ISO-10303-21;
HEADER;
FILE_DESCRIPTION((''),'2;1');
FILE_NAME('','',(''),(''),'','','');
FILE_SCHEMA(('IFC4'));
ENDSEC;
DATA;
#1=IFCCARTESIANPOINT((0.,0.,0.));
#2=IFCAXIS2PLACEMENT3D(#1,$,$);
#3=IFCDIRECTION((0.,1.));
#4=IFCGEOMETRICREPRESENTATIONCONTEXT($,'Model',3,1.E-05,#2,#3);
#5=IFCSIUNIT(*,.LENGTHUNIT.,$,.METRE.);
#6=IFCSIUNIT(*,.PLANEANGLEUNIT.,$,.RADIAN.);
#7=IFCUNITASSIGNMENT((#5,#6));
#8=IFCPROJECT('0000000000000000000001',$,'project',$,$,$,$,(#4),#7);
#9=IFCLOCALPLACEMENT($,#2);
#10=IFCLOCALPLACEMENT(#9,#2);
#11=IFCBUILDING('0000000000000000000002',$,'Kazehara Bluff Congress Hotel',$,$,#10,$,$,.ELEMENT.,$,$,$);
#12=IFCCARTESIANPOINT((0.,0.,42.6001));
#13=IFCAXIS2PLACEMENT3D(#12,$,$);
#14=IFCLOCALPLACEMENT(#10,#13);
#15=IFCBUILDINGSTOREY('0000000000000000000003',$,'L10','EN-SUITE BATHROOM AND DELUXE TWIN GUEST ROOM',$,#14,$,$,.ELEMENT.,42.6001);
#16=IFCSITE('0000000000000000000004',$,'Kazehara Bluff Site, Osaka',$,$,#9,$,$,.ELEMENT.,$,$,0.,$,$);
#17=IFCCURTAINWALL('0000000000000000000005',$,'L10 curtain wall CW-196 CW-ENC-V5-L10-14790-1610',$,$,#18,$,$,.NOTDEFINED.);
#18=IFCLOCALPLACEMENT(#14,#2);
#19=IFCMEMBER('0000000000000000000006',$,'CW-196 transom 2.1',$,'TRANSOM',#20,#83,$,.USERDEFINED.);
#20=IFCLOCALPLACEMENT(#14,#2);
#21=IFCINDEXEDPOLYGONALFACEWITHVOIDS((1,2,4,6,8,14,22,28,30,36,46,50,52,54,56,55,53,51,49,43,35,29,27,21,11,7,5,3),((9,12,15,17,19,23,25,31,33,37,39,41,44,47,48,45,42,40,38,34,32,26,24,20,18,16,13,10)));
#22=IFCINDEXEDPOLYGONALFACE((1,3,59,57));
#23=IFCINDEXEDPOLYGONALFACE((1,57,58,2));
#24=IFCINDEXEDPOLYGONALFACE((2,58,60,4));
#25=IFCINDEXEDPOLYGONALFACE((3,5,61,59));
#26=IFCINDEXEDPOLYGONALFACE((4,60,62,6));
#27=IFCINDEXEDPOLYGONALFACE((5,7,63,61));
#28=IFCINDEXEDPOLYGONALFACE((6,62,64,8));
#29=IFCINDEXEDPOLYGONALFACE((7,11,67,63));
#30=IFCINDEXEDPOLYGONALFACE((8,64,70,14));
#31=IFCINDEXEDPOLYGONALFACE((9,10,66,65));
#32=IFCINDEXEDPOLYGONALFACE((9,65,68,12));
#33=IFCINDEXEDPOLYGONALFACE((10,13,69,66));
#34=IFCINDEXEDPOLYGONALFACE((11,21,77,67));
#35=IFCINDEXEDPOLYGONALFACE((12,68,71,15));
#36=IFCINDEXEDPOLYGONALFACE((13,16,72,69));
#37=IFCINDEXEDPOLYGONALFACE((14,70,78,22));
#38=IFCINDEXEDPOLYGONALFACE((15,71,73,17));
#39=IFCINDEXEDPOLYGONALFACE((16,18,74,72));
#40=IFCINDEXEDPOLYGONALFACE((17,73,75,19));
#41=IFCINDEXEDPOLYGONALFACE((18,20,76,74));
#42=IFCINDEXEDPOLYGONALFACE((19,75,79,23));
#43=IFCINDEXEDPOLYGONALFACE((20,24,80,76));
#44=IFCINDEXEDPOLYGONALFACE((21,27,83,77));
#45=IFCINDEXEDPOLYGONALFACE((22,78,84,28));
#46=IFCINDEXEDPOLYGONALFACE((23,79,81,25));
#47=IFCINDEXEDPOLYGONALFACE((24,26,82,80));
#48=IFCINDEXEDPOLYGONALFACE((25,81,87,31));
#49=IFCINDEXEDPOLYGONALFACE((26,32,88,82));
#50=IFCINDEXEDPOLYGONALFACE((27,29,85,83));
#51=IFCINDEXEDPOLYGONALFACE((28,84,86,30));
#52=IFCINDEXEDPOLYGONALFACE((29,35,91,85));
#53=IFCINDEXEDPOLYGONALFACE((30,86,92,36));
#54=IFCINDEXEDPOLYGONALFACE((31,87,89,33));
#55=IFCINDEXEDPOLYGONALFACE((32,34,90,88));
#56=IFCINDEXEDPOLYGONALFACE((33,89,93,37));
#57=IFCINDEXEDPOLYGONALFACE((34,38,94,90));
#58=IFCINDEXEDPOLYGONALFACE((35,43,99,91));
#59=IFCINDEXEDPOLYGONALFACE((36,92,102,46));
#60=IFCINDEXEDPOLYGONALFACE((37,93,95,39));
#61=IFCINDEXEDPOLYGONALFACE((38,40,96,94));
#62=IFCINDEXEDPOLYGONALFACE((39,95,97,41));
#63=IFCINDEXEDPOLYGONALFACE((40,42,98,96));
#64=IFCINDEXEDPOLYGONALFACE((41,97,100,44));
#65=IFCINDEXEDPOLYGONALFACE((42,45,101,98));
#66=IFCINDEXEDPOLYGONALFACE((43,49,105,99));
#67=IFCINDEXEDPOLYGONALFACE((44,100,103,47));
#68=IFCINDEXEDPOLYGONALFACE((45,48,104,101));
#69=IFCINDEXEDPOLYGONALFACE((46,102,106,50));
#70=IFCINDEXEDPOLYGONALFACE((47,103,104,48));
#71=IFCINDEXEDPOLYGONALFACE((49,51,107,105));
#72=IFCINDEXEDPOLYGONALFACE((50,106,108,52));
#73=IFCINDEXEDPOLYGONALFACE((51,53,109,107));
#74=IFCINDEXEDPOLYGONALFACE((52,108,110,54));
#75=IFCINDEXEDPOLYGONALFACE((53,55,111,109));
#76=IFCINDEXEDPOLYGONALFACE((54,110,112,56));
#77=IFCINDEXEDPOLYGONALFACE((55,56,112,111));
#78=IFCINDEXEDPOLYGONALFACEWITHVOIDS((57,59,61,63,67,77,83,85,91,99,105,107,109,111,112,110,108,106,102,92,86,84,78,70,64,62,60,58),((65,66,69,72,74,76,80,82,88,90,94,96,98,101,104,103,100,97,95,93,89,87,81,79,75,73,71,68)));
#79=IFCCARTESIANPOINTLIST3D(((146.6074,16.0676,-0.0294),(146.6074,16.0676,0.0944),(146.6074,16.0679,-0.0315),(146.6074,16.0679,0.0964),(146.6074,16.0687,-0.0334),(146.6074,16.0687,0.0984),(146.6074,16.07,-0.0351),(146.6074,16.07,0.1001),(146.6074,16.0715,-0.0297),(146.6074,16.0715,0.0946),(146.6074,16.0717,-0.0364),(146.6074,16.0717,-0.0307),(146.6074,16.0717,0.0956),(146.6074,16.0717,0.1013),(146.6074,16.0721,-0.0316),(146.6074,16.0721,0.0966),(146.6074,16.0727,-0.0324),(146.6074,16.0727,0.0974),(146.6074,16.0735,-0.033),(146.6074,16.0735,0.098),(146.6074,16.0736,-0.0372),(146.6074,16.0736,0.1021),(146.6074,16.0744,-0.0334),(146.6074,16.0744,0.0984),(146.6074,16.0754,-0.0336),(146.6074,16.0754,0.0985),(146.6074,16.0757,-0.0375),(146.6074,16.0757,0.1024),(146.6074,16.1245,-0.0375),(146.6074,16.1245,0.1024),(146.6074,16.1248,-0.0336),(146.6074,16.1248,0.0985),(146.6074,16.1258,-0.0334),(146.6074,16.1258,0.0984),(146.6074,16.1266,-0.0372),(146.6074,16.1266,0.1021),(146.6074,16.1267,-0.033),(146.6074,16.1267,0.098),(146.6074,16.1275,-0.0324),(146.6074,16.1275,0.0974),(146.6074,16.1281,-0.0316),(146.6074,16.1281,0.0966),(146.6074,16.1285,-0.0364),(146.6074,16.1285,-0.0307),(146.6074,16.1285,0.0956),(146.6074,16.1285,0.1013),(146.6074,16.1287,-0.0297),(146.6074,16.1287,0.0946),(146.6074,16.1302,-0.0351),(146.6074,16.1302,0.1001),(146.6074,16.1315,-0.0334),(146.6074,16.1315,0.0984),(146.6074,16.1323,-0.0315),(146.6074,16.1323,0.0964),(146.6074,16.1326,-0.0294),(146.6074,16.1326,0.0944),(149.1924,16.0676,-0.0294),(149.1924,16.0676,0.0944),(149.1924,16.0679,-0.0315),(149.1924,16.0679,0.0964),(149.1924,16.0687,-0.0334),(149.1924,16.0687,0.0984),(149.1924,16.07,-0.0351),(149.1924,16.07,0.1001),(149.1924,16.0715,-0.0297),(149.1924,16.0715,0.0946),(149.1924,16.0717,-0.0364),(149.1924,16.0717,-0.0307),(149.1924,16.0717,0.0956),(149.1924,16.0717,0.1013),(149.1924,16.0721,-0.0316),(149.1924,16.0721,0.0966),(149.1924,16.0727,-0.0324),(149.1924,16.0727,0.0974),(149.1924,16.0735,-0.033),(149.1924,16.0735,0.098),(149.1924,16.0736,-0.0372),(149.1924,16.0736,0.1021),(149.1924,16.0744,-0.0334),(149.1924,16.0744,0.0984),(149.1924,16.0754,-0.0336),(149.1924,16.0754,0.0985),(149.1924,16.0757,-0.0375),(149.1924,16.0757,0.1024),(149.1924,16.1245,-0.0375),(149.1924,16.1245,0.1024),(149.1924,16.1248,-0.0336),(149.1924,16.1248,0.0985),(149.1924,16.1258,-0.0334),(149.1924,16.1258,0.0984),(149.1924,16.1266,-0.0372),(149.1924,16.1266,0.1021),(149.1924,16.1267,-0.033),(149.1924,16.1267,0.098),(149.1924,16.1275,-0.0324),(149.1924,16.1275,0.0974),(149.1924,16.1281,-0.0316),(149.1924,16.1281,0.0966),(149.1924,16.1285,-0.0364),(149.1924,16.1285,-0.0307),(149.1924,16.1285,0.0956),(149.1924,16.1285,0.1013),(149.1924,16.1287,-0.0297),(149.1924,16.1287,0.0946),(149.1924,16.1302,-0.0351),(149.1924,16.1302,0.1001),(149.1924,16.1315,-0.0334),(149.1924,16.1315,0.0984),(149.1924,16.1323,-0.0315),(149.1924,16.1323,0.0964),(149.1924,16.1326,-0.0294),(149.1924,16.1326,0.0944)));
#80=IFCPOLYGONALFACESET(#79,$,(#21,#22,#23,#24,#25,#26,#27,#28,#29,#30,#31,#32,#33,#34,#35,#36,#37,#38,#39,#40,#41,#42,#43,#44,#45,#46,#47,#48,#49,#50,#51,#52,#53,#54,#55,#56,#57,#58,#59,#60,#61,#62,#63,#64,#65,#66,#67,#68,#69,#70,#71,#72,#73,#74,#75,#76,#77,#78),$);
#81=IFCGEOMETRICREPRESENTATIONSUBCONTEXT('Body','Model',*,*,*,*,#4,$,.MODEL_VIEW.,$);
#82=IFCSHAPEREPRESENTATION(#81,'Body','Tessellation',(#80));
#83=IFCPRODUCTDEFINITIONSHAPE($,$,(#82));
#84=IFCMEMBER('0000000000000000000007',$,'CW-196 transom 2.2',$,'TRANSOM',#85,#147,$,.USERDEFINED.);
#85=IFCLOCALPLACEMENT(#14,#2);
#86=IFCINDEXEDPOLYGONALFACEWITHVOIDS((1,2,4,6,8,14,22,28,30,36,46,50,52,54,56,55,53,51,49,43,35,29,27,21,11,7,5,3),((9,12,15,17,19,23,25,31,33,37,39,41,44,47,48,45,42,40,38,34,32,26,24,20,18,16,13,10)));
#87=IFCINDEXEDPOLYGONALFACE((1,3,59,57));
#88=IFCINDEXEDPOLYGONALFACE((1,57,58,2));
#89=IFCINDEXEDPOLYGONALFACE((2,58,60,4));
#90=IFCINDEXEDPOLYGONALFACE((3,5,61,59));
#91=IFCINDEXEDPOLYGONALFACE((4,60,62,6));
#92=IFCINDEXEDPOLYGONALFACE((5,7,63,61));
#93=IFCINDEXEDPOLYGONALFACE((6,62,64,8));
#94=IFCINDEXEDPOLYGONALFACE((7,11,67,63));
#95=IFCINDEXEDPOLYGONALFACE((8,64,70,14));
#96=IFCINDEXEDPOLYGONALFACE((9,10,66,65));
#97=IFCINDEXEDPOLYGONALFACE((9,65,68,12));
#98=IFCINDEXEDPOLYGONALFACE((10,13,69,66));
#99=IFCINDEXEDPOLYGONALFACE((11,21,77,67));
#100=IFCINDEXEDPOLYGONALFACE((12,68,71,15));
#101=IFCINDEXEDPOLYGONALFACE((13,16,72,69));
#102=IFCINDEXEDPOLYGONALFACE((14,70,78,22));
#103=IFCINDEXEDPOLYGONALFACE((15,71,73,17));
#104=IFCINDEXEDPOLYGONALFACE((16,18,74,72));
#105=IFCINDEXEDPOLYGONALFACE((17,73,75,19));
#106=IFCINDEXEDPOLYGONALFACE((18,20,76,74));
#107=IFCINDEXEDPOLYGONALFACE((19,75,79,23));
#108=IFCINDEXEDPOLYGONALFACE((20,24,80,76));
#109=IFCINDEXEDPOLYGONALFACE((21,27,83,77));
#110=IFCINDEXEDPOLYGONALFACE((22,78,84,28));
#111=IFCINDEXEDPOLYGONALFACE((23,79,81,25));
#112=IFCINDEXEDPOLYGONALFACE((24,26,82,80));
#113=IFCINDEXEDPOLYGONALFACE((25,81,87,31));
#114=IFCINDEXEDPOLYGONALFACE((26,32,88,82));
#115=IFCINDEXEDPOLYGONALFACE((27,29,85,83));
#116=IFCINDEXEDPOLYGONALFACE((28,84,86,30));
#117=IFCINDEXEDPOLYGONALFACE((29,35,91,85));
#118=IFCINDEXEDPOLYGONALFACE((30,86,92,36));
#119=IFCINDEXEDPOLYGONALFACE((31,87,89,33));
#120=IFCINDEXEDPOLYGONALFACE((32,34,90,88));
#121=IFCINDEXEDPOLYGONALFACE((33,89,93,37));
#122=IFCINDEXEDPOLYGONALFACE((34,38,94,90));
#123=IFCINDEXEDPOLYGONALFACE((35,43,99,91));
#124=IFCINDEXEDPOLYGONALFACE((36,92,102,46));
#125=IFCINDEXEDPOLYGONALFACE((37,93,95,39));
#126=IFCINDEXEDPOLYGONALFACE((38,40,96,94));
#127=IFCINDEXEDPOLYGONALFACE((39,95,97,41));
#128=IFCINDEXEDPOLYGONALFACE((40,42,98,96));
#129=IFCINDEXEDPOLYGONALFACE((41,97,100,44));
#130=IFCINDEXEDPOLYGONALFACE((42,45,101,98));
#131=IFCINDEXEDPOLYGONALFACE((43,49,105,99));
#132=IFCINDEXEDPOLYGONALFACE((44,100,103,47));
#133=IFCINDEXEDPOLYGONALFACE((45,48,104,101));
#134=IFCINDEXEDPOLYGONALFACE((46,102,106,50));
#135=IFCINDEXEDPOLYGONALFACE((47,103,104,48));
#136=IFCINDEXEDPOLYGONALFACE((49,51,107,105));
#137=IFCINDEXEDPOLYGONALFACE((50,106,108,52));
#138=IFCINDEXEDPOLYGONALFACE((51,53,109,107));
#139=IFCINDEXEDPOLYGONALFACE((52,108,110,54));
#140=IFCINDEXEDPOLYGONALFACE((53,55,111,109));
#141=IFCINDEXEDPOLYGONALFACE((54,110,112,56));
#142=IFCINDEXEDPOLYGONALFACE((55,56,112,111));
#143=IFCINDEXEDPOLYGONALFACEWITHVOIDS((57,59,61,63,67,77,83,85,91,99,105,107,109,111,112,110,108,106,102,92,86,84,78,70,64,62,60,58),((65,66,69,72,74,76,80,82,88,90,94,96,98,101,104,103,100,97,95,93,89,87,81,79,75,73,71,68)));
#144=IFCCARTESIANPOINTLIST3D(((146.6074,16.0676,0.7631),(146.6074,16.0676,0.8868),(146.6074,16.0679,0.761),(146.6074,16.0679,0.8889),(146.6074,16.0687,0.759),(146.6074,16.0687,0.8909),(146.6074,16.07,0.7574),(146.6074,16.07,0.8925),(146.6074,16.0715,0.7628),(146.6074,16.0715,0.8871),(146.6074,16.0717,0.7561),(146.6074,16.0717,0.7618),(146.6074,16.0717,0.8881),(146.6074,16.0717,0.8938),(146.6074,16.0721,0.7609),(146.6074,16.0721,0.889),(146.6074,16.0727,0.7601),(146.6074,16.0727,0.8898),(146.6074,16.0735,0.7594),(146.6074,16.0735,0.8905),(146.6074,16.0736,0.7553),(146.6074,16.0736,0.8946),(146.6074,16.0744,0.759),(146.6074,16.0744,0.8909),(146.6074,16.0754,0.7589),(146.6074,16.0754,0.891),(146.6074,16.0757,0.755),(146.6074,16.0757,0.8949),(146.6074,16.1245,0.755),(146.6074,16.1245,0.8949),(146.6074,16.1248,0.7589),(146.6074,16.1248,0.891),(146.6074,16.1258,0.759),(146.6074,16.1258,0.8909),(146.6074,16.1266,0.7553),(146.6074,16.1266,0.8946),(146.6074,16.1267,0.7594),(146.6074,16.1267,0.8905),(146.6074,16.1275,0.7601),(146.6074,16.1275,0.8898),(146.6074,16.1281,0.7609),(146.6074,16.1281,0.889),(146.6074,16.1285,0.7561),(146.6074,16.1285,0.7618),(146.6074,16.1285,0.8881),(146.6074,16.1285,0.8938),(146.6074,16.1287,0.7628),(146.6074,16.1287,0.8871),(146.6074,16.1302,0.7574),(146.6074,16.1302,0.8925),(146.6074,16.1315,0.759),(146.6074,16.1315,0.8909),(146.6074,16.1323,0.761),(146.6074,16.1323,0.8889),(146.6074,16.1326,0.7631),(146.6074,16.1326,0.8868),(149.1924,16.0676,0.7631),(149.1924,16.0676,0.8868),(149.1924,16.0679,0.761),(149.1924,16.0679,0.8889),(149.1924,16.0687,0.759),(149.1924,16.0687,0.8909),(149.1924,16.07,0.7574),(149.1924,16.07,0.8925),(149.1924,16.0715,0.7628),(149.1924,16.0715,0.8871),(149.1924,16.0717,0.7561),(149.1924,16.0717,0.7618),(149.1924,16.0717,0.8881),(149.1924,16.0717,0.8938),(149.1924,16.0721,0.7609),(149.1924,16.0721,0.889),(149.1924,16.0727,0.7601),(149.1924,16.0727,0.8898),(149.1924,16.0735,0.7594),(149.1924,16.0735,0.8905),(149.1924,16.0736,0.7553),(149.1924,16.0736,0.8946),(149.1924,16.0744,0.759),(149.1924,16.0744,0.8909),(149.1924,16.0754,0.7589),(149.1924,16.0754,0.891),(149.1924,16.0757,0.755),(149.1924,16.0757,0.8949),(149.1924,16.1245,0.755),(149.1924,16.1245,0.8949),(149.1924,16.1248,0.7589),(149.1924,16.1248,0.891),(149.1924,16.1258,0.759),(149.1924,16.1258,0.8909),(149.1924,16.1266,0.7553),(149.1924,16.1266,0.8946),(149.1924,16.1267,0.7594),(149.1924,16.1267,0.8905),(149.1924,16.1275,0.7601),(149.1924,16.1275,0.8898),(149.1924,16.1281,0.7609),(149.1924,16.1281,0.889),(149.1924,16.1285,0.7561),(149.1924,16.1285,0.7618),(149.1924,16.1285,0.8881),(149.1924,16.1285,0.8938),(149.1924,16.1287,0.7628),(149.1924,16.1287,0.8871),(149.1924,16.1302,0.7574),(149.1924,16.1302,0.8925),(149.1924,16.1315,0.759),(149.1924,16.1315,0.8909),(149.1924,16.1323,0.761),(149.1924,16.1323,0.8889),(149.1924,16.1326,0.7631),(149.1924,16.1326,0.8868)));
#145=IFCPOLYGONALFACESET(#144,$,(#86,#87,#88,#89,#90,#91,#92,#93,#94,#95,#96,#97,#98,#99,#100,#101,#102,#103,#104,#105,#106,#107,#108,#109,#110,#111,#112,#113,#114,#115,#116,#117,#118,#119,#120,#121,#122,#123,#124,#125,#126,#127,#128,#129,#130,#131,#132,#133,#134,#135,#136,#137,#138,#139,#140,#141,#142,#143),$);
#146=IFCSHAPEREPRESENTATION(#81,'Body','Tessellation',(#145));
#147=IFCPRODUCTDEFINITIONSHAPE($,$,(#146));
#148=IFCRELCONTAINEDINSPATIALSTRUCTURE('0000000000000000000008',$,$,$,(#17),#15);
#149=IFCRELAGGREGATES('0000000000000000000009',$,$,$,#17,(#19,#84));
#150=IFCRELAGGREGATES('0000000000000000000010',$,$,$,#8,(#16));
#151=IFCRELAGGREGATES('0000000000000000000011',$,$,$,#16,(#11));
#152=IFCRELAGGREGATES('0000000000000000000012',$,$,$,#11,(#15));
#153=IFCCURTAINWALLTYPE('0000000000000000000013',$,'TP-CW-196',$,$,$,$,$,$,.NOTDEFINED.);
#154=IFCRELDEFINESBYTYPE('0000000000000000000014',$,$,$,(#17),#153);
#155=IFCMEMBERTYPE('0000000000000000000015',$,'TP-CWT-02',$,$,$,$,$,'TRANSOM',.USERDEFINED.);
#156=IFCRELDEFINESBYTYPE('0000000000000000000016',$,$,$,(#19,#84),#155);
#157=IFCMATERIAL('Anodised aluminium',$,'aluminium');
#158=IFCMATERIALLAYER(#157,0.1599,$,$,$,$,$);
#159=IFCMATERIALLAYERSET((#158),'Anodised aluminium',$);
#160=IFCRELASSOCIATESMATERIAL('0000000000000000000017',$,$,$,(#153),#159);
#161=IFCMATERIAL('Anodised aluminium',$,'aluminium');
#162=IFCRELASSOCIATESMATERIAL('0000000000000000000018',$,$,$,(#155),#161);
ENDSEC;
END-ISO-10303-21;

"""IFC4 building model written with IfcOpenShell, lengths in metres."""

from ifc_helpers import new_model, si_unit, direction, frame, origin, origin_2d, place, context, subcontext, project, spatial, hollow_rectangle, extrude, material, layer, layer_set, material_profile, profile_set, type_object, element, aggregate, save


model = new_model("IFC4")

# Units and contexts
model_context = context("Model", 3, precision=1e-05, world=origin(), true_north=direction((0.0, 1.0)))
body_context = subcontext(model_context, "Body", "Model", "MODEL_VIEW")
ifc_project = project(units=[si_unit("LENGTHUNIT", "METRE"), si_unit("PLANEANGLEUNIT", "RADIAN")], contexts=[model_context])

# Site, building, storey
site_placement = place(None, origin())
site = spatial("IfcSite", under=ifc_project, at=site_placement, Name="Kazehara Bluff Site, Osaka", CompositionType="ELEMENT", RefElevation=0.0)
building_placement = place(site_placement, origin())
building = spatial("IfcBuilding", under=site, at=building_placement, Name="Kazehara Bluff Congress Hotel", CompositionType="ELEMENT")
storey_placement = place(building_placement, frame((0.0, 0.0, 42.6001)))
storey = spatial("IfcBuildingStorey", under=building, at=storey_placement, Name="L10", Description="EN-SUITE BATHROOM AND DELUXE TWIN GUEST ROOM", CompositionType="ELEMENT", Elevation=42.6001)

# Curtain wall, members
ifc_material_1 = material(Name="Anodised aluminium", Category="aluminium")
ifc_layer_1 = layer(ifc_material_1, 0.1599)
ifc_layer_set_1 = layer_set([ifc_layer_1], Name="Anodised aluminium")
curtain_wall_type = type_object("IfcCurtainWallType", Name="TP-CW-196", PredefinedType="NOTDEFINED", material=ifc_layer_set_1)
curtain_wall_placement = place(storey_placement, origin())
curtain_wall = element("IfcCurtainWall", 1, at=curtain_wall_placement, inside=storey, type_object=curtain_wall_type, Name="L10 curtain wall CW-196 CW-ENC-V5-L10-14790-1610", PredefinedType="NOTDEFINED")
ifc_material_2 = material(Name="Anodised aluminium", Category="aluminium")
ifc_material_profile_1 = material_profile(ifc_material_2, hollow_rectangle(XDim=0.0649, YDim=0.1399, WallThickness=0.0039, InnerFilletRadius=0.0039, OuterFilletRadius=0.0081, at=origin_2d()))
ifc_profile_set_1 = profile_set([ifc_material_profile_1], Name="Anodised aluminium")
member_type_1 = type_object("IfcMemberType", Name="TP-CWT-02", ElementType="TRANSOM", PredefinedType="USERDEFINED", material=ifc_profile_set_1)
member_1_placement = place(storey_placement, frame((149.1924, 16.1001, 0.0325), z_axis=(-1.0, 0.0, 0.0), x_axis=(0.0, -1.0, 0.0)))
member_1 = element("IfcMember", 2, at=member_1_placement, type_object=member_type_1, Name="CW-196 transom 2.1", ObjectType="TRANSOM", PredefinedType="USERDEFINED", context=body_context, shape_type="SweptSolid", body=[
    extrude(hollow_rectangle(XDim=0.0649, YDim=0.1399, WallThickness=0.0039, InnerFilletRadius=0.0039, OuterFilletRadius=0.0081, at=origin_2d()), origin(), (0.0, 0.0, 1.0), 2.585),
])
member_2_placement = place(storey_placement, frame((149.1924, 16.1001, 0.825), z_axis=(-1.0, 0.0, 0.0), x_axis=(0.0, -1.0, 0.0)))
member_2 = element("IfcMember", 3, at=member_2_placement, type_object=member_type_1, Name="CW-196 transom 2.2", ObjectType="TRANSOM", PredefinedType="USERDEFINED", context=body_context, shape_type="SweptSolid", body=[
    extrude(hollow_rectangle(XDim=0.0649, YDim=0.1399, WallThickness=0.0039, InnerFilletRadius=0.0039, OuterFilletRadius=0.0081, at=origin_2d()), origin(), (0.0, 0.0, 1.0), 2.585),
])

aggregate(curtain_wall, [member_1, member_2])

save(model, "model.ifc")
